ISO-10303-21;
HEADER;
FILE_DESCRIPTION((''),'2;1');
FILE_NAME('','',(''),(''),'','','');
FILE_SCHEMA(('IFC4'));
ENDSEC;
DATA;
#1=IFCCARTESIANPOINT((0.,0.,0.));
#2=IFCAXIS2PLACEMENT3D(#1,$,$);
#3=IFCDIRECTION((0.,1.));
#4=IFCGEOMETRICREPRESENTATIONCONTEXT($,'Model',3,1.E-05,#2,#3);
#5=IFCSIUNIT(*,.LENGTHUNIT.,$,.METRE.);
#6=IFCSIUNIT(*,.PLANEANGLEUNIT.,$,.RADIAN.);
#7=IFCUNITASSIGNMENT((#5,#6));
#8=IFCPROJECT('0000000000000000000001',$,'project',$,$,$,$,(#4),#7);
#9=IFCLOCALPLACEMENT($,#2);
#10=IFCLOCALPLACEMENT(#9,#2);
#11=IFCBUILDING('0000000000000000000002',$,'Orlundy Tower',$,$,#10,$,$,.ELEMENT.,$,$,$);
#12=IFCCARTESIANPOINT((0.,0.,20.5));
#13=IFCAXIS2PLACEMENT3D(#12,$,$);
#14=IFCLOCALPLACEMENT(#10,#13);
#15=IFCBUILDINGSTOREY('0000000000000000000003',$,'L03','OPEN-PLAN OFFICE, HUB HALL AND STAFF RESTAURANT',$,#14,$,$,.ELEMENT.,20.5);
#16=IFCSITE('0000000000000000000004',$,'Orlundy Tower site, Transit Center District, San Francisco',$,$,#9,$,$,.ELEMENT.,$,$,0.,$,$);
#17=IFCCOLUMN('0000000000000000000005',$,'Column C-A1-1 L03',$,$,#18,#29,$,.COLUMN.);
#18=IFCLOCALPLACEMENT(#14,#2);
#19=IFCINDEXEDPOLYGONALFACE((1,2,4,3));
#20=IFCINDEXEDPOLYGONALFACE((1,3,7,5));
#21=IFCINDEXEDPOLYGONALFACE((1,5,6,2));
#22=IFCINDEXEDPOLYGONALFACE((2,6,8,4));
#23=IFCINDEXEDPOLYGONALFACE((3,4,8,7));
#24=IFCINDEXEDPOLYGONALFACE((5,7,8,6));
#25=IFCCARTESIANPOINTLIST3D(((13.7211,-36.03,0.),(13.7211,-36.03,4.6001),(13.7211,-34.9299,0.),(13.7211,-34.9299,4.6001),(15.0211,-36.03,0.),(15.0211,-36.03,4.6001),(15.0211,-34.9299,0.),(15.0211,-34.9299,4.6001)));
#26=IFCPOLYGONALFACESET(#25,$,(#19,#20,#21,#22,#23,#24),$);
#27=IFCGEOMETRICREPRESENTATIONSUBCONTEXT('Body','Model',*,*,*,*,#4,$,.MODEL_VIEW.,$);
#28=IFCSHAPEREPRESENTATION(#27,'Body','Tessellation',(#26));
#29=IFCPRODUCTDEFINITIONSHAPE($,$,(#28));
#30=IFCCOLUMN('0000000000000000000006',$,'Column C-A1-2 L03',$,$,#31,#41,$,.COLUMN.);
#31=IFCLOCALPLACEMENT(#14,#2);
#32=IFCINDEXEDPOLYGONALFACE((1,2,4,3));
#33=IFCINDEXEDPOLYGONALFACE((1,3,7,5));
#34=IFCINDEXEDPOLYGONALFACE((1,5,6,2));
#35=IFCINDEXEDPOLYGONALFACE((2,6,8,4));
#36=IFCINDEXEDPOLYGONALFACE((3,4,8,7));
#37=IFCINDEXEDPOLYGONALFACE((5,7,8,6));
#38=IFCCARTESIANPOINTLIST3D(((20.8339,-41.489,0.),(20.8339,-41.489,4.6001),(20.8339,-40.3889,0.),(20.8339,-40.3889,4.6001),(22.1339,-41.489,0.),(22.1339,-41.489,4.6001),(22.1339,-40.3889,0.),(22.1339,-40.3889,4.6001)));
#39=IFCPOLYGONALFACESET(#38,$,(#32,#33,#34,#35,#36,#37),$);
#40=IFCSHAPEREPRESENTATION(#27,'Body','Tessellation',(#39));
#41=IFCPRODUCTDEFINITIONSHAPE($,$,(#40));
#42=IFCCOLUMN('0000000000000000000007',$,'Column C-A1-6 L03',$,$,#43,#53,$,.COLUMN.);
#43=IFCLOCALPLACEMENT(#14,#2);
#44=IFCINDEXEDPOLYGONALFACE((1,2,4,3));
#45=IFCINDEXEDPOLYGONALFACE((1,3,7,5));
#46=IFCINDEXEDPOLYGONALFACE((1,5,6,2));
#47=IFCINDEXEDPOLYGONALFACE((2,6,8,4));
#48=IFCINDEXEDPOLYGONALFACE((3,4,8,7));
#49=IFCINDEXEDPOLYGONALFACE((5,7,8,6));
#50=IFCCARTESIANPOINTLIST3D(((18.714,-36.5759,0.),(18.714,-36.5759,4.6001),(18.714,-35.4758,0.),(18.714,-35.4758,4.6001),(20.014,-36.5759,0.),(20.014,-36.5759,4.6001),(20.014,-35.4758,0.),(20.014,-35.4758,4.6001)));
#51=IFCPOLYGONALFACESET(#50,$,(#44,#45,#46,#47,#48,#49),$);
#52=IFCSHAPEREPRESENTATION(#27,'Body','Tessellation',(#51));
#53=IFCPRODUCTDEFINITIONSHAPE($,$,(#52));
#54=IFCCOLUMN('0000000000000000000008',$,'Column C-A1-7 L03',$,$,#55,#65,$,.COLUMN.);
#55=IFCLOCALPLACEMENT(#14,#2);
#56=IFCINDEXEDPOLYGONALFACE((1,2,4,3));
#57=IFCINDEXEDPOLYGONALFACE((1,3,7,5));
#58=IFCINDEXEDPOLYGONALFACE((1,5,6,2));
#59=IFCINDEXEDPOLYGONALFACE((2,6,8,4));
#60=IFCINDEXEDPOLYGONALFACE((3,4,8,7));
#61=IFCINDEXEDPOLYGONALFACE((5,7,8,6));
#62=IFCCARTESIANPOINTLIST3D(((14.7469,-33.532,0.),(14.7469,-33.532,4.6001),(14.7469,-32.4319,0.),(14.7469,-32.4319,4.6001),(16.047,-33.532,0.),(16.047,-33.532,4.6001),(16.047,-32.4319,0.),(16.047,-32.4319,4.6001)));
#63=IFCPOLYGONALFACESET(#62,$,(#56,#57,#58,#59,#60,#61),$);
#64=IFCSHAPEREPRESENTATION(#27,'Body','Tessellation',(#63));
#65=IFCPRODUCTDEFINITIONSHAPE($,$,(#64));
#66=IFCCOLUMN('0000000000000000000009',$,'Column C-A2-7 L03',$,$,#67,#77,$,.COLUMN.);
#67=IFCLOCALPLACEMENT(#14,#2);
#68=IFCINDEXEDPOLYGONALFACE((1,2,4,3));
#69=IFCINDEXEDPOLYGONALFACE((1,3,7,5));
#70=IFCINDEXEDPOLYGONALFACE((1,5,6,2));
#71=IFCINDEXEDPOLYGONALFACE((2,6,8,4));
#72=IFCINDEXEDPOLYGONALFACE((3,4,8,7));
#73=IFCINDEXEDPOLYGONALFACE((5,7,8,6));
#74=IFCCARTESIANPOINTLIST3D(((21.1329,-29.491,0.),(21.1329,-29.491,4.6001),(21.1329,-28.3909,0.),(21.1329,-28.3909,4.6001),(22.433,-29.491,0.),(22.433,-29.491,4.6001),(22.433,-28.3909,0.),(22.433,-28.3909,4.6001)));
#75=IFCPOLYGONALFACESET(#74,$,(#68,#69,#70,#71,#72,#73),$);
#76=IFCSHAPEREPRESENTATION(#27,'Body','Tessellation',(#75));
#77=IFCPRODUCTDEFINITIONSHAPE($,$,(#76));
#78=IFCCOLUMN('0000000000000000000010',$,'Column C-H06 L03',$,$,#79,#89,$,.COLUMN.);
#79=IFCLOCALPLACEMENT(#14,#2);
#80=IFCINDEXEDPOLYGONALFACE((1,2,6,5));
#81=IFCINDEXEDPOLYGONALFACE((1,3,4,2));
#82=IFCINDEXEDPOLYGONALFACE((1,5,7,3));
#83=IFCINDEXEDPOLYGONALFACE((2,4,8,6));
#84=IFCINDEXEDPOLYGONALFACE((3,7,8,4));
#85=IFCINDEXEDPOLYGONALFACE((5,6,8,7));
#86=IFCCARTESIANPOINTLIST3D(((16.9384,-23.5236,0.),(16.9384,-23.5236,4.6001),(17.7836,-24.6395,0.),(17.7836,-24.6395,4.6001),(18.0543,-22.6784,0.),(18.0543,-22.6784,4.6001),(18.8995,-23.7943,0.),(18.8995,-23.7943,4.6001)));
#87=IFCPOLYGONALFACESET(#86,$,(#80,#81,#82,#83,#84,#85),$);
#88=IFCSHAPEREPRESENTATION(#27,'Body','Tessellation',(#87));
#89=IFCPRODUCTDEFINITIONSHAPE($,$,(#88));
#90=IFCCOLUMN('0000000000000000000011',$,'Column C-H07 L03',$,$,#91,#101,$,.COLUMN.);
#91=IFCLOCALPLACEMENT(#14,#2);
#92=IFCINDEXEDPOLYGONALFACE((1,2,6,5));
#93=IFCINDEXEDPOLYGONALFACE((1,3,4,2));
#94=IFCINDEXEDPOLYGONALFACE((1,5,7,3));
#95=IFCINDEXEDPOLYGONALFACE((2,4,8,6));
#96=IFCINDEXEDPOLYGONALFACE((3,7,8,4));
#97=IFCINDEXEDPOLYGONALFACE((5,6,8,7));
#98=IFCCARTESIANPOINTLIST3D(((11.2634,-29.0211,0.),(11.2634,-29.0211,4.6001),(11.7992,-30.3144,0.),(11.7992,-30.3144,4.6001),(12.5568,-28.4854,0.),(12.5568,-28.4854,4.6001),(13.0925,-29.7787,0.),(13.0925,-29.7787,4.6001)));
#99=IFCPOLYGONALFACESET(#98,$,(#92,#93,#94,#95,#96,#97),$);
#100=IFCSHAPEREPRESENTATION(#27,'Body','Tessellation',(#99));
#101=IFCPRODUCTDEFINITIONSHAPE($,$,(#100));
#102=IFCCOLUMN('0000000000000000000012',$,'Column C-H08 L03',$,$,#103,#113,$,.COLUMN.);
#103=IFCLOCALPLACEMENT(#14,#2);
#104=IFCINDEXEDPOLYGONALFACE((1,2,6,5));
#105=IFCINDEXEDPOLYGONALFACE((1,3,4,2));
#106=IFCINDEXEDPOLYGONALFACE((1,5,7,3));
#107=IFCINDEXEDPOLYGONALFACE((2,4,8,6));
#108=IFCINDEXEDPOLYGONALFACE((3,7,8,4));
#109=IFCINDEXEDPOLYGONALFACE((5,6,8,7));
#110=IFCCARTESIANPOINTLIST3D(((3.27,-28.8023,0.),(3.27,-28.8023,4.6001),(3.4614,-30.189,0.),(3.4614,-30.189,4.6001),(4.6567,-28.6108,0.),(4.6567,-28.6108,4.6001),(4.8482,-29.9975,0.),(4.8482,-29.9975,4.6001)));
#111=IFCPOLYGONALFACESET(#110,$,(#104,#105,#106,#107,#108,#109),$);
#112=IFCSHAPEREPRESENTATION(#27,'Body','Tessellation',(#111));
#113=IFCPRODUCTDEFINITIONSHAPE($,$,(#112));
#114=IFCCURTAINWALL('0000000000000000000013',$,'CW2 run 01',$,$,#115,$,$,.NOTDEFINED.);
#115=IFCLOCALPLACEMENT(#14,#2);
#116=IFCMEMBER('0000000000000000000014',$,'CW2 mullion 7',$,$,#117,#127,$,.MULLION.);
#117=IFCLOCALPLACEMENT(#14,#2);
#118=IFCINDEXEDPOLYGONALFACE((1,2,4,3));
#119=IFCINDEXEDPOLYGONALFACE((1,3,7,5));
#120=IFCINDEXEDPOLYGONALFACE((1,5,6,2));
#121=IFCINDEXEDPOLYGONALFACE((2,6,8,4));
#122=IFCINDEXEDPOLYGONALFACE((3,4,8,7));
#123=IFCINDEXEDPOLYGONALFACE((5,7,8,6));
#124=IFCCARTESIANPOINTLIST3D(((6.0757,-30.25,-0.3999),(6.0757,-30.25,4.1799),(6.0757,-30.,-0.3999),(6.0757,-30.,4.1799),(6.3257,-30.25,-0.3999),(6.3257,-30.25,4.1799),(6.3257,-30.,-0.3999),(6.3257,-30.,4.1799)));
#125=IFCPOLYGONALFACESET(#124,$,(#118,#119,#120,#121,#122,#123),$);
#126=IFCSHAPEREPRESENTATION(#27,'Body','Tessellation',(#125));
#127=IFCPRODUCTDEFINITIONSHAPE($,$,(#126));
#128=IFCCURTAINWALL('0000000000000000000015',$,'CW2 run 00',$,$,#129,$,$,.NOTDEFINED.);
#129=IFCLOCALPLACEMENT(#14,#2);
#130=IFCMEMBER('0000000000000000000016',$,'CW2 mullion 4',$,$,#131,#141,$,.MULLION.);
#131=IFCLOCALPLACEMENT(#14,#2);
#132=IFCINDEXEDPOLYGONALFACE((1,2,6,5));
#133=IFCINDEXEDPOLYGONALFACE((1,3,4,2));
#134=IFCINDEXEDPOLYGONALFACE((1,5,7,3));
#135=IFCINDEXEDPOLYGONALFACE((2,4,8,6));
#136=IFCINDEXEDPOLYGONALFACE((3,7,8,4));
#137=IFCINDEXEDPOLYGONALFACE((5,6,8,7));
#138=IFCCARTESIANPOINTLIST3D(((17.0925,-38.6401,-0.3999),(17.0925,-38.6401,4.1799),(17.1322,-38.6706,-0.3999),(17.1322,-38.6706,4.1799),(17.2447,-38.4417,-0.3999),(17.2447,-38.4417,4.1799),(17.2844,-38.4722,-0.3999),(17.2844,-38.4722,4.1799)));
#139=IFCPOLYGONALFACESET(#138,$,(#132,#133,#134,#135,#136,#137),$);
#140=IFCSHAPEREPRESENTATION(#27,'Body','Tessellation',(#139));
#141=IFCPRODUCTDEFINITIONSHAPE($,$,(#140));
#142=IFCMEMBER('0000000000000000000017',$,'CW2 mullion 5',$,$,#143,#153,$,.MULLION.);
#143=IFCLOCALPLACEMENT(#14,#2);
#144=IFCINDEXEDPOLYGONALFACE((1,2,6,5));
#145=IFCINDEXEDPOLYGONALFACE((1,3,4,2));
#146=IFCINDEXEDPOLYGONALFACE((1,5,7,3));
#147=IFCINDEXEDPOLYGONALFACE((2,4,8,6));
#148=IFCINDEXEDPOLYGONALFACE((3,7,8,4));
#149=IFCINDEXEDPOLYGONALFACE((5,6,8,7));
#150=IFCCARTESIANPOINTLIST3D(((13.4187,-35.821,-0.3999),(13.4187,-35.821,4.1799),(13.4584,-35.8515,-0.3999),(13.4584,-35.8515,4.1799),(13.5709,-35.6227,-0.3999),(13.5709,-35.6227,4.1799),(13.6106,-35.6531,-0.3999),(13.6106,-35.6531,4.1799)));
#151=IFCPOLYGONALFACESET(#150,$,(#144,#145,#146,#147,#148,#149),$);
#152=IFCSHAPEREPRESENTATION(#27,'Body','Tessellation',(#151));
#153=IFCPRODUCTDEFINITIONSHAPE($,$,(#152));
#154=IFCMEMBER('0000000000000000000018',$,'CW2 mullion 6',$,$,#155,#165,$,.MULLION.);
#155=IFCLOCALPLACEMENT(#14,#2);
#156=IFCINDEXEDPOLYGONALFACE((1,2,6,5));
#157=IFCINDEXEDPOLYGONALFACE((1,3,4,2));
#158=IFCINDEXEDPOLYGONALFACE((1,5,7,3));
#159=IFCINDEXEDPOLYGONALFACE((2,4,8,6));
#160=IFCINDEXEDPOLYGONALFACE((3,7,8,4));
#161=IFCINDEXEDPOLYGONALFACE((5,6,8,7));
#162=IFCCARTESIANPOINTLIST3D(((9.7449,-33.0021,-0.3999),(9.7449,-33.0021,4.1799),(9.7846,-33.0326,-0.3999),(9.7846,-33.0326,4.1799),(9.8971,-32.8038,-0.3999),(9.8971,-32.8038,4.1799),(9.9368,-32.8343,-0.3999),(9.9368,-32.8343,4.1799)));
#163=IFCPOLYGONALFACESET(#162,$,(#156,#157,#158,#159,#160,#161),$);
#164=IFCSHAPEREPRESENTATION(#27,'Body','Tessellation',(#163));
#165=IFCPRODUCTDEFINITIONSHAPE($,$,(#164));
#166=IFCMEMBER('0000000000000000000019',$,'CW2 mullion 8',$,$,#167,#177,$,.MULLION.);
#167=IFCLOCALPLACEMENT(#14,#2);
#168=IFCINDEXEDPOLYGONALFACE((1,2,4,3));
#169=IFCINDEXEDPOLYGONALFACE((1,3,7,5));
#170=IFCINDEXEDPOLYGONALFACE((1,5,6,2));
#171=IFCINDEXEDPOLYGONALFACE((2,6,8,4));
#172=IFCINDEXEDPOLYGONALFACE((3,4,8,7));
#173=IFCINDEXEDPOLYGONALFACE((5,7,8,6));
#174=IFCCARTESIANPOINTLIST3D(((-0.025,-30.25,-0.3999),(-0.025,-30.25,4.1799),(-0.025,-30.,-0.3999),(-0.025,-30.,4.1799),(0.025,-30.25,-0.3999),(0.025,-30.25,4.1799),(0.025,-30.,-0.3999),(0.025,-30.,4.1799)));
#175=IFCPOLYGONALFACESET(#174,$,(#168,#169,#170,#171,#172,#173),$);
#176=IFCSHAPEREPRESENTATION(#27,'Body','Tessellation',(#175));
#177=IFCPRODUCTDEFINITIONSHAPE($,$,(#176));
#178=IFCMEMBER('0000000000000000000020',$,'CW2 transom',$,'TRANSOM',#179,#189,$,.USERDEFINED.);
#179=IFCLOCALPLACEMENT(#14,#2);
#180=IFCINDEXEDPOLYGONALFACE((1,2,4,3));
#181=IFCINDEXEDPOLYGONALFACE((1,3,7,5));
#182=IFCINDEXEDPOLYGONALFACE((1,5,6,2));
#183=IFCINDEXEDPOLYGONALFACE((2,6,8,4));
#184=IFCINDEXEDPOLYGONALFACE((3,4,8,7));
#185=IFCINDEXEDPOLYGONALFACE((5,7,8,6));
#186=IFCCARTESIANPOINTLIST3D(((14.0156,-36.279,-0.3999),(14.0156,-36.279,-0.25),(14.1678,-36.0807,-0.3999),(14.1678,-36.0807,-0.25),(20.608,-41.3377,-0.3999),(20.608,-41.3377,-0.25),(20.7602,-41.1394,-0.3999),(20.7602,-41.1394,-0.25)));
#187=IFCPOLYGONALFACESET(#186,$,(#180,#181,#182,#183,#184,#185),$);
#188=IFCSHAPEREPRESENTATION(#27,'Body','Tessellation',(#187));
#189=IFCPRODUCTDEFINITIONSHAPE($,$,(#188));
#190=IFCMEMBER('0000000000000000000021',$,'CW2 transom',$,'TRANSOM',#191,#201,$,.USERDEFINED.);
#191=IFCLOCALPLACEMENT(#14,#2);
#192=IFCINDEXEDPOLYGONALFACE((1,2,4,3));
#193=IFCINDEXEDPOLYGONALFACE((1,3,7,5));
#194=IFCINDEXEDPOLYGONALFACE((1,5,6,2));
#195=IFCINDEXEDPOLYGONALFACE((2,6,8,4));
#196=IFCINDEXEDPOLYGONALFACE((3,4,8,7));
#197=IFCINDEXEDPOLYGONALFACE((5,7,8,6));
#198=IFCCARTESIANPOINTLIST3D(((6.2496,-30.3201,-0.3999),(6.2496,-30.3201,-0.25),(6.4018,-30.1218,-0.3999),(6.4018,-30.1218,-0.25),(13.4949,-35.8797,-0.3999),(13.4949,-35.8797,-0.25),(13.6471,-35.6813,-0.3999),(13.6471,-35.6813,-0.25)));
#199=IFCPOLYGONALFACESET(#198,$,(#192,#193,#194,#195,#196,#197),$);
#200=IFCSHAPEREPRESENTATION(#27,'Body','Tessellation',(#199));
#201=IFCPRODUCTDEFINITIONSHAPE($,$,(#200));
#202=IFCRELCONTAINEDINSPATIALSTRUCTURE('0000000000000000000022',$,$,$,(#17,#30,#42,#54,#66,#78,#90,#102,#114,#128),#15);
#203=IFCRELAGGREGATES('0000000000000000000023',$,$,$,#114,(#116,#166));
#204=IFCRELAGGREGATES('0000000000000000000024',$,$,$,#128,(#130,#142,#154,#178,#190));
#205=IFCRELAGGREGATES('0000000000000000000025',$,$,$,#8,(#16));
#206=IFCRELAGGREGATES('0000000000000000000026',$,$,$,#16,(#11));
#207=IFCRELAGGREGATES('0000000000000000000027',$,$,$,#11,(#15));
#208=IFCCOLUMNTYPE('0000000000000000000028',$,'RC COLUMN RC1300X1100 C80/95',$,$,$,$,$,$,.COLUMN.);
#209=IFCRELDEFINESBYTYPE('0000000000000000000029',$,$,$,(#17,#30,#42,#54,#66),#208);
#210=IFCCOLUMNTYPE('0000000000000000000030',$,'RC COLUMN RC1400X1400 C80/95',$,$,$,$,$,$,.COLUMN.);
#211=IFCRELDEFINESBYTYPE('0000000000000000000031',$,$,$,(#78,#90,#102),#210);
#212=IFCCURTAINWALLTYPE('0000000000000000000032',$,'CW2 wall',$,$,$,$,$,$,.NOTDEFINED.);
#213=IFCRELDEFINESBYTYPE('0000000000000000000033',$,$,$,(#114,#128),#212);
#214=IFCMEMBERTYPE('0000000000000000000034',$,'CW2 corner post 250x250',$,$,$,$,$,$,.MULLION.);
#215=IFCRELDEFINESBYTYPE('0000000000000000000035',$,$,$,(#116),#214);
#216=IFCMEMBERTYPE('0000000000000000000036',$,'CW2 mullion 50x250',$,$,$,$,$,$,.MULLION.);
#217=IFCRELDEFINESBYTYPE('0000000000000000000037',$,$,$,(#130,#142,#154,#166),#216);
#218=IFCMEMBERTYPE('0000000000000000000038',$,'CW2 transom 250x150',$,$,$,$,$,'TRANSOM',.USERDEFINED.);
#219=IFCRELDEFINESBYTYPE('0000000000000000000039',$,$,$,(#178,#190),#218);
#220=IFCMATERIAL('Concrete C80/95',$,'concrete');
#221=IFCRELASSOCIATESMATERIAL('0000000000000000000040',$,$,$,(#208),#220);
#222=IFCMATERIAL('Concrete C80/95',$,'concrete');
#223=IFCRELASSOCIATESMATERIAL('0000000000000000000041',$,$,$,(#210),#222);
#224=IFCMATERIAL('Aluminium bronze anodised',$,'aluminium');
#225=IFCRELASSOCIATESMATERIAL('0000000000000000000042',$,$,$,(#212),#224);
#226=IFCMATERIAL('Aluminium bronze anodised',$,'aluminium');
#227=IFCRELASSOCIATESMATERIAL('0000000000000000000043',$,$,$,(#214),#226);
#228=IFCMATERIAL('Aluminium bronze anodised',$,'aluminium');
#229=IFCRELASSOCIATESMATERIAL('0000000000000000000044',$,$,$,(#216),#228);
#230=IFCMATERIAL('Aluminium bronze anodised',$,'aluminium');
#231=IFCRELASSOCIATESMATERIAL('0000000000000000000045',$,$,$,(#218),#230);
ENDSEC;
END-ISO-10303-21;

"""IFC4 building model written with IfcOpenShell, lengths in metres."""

from ifc_helpers import new_model, si_unit, direction, frame, origin, origin_2d, place, context, subcontext, project, spatial, rectangle, extrude, material, material_profile, profile_set, type_object, element, aggregate, save


model = new_model("IFC4")

# Units and contexts
model_context = context("Model", 3, precision=1e-05, world=origin(), true_north=direction((0.0, 1.0)))
body_context = subcontext(model_context, "Body", "Model", "MODEL_VIEW")
ifc_project = project(units=[si_unit("LENGTHUNIT", "METRE"), si_unit("PLANEANGLEUNIT", "RADIAN")], contexts=[model_context])

# Site, building, storey
site_placement = place(None, origin())
site = spatial("IfcSite", under=ifc_project, at=site_placement, Name="Orlundy Tower site, Transit Center District, San Francisco", CompositionType="ELEMENT", RefElevation=0.0)
building_placement = place(site_placement, origin())
building = spatial("IfcBuilding", under=site, at=building_placement, Name="Orlundy Tower", CompositionType="ELEMENT")
storey_placement = place(building_placement, frame((0.0, 0.0, 20.5)))
storey = spatial("IfcBuildingStorey", under=building, at=storey_placement, Name="L03", Description="OPEN-PLAN OFFICE, HUB HALL AND STAFF RESTAURANT", CompositionType="ELEMENT", Elevation=20.5)

# Columns
ifc_material_1 = material(Name="Concrete C80/95", Category="concrete")
ifc_material_profile_1 = material_profile(ifc_material_1, rectangle(XDim=1.3, YDim=1.1001, at=origin_2d()), Name="RC1300X1100")
ifc_profile_set_1 = profile_set([ifc_material_profile_1], Name="Concrete C80/95")
column_type_1 = type_object("IfcColumnType", Name="RC COLUMN RC1300X1100 C80/95", PredefinedType="COLUMN", material=ifc_profile_set_1)
for number, where, z_axis, x_axis, name in (
    (1, (14.3711, -35.48, 0.0), (0.0, 0.0, 1.0), (1.0, 0.0, 0.0), "Column C-A1-1 L03"),
    (2, (21.4839, -40.939, 0.0), (0.0, 0.0, 1.0), (1.0, 0.0, 0.0), "Column C-A1-2 L03"),
    (3, (19.364, -36.0259, 0.0), (0.0, 0.0, 1.0), (1.0, 0.0, 0.0), "Column C-A1-6 L03"),
    (4, (15.397, -32.9819, 0.0), (0.0, 0.0, 1.0), (1.0, 0.0, 0.0), "Column C-A1-7 L03"),
    (5, (21.783, -28.9409, 0.0), (0.0, 0.0, 1.0), (1.0, 0.0, 0.0), "Column C-A2-7 L03"),
):
    element("IfcColumn", number, at=place(storey_placement, frame(where, z_axis=z_axis, x_axis=x_axis)), inside=storey, type_object=column_type_1, Name=name, PredefinedType="COLUMN", context=body_context, shape_type="SweptSolid", body=[
        extrude(rectangle(XDim=1.3, YDim=1.1001, at=origin_2d()), origin(), (0.0, 0.0, 1.0), 4.6001),
    ])
ifc_material_2 = material(Name="Concrete C80/95", Category="concrete")
ifc_material_profile_2 = material_profile(ifc_material_2, rectangle(XDim=1.3999, YDim=1.3999, at=origin_2d()), Name="RC1400X1400")
ifc_profile_set_2 = profile_set([ifc_material_profile_2], Name="Concrete C80/95")
column_type_2 = type_object("IfcColumnType", Name="RC COLUMN RC1400X1400 C80/95", PredefinedType="COLUMN", material=ifc_profile_set_2)
for number, where, z_axis, x_axis, name in (
    (6, (17.9189, -23.6589, 0.0), (0.0, 0.0, 1.0), (0.603765, -0.797163, 0.0), "Column C-H06 L03"),
    (7, (12.178, -29.3999, 0.0), (0.0, 0.0, 1.0), (0.382683, -0.92388, 0.0), "Column C-H07 L03"),
    (8, (4.0591, -29.3999, 0.0), (0.0, 0.0, 1.0), (0.13677, -0.990603, 0.0), "Column C-H08 L03"),
):
    element("IfcColumn", number, at=place(storey_placement, frame(where, z_axis=z_axis, x_axis=x_axis)), inside=storey, type_object=column_type_2, Name=name, PredefinedType="COLUMN", context=body_context, shape_type="SweptSolid", body=[
        extrude(rectangle(XDim=1.3999, YDim=1.3999, at=origin_2d()), origin(), (0.0, 0.0, 1.0), 4.6001),
    ])

# Curtain wall, member
ifc_material_3 = material(Name="Aluminium bronze anodised", Category="aluminium")
curtain_wall_type = type_object("IfcCurtainWallType", Name="CW2 wall", PredefinedType="NOTDEFINED", material=ifc_material_3)
curtain_wall_1_placement = place(storey_placement, origin())
curtain_wall_1 = element("IfcCurtainWall", 9, at=curtain_wall_1_placement, inside=storey, type_object=curtain_wall_type, Name="CW2 run 01", PredefinedType="NOTDEFINED")
ifc_material_4 = material(Name="Aluminium bronze anodised", Category="aluminium")
ifc_material_profile_3 = material_profile(ifc_material_4, rectangle(XDim=0.25, YDim=0.25, at=origin_2d()), Name="CW2 corner post 250x250")
ifc_profile_set_3 = profile_set([ifc_material_profile_3], Name="Aluminium bronze anodised")
member_type_1 = type_object("IfcMemberType", Name="CW2 corner post 250x250", PredefinedType="MULLION", material=ifc_profile_set_3)
member_1_placement = place(storey_placement, frame((6.2007, -30.125, -0.3999), z_axis=(0.0, 0.0, 1.0), x_axis=(0.0, -1.0, 0.0)))
member_1 = element("IfcMember", 10, at=member_1_placement, type_object=member_type_1, Name="CW2 mullion 7", PredefinedType="MULLION", context=body_context, shape_type="SweptSolid", body=[
    extrude(rectangle(XDim=0.25, YDim=0.25, at=origin_2d()), origin(), (0.0, 0.0, 1.0), 4.5798),
])

# Curtain wall, members
curtain_wall_2_placement = place(storey_placement, origin())
curtain_wall_2 = element("IfcCurtainWall", 11, at=curtain_wall_2_placement, inside=storey, type_object=curtain_wall_type, Name="CW2 run 00", PredefinedType="NOTDEFINED")
ifc_material_5 = material(Name="Aluminium bronze anodised", Category="aluminium")
ifc_material_profile_4 = material_profile(ifc_material_5, rectangle(XDim=0.25, YDim=0.05, at=origin_2d()), Name="CW2 mullion 50x250")
ifc_profile_set_4 = profile_set([ifc_material_profile_4], Name="Aluminium bronze anodised")
member_type_2 = type_object("IfcMemberType", Name="CW2 mullion 50x250", PredefinedType="MULLION", material=ifc_profile_set_4)
member_2_placement = place(storey_placement, frame((17.1885, -38.5562, -0.3999), z_axis=(0.0, 0.0, 1.0), x_axis=(-0.608757, -0.793357, 0.0)))
member_2 = element("IfcMember", 12, at=member_2_placement, type_object=member_type_2, Name="CW2 mullion 4", PredefinedType="MULLION", context=body_context, shape_type="SweptSolid", body=[
    extrude(rectangle(XDim=0.25, YDim=0.05, at=origin_2d()), origin(), (0.0, 0.0, 1.0), 4.5798),
])
member_3_placement = place(storey_placement, frame((13.5146, -35.7371, -0.3999), z_axis=(0.0, 0.0, 1.0), x_axis=(-0.608757, -0.793357, 0.0)))
member_3 = element("IfcMember", 13, at=member_3_placement, type_object=member_type_2, Name="CW2 mullion 5", PredefinedType="MULLION", context=body_context, shape_type="SweptSolid", body=[
    extrude(rectangle(XDim=0.25, YDim=0.05, at=origin_2d()), origin(), (0.0, 0.0, 1.0), 4.5798),
])
member_4_placement = place(storey_placement, frame((9.8408, -32.9182, -0.3999), z_axis=(0.0, 0.0, 1.0), x_axis=(-0.608757, -0.793357, 0.0)))
member_4 = element("IfcMember", 14, at=member_4_placement, type_object=member_type_2, Name="CW2 mullion 6", PredefinedType="MULLION", context=body_context, shape_type="SweptSolid", body=[
    extrude(rectangle(XDim=0.25, YDim=0.05, at=origin_2d()), origin(), (0.0, 0.0, 1.0), 4.5798),
])

# Members
member_5_placement = place(storey_placement, frame((0.0, -30.125, -0.3999), z_axis=(0.0, 0.0, 1.0), x_axis=(0.0, -1.0, 0.0)))
member_5 = element("IfcMember", 15, at=member_5_placement, type_object=member_type_2, Name="CW2 mullion 8", PredefinedType="MULLION", context=body_context, shape_type="SweptSolid", body=[
    extrude(rectangle(XDim=0.25, YDim=0.05, at=origin_2d()), origin(), (0.0, 0.0, 1.0), 4.5798),
])
ifc_material_6 = material(Name="Aluminium bronze anodised", Category="aluminium")
ifc_material_profile_5 = material_profile(ifc_material_6, rectangle(XDim=0.25, YDim=0.1499, at=origin_2d()), Name="CW2 transom 250x150")
ifc_profile_set_5 = profile_set([ifc_material_profile_5], Name="Aluminium bronze anodised")
member_type_3 = type_object("IfcMemberType", Name="CW2 transom 250x150", ElementType="TRANSOM", PredefinedType="USERDEFINED", material=ifc_profile_set_5)
member_6_placement = place(storey_placement, frame((20.6841, -41.2385, -0.325), z_axis=(-0.793344, 0.608773, 0.0), x_axis=(-0.608773, -0.793344, 0.0)))
member_6 = element("IfcMember", 16, at=member_6_placement, type_object=member_type_3, Name="CW2 transom", ObjectType="TRANSOM", PredefinedType="USERDEFINED", context=body_context, shape_type="SweptSolid", body=[
    extrude(rectangle(XDim=0.25, YDim=0.1499, at=origin_2d()), origin(), (0.0, 0.0, 1.0), 8.3096),
])
member_7_placement = place(storey_placement, frame((13.571, -35.7805, -0.325), z_axis=(-0.793353, 0.608762, 0.0), x_axis=(-0.608762, -0.793353, 0.0)))
member_7 = element("IfcMember", 17, at=member_7_placement, type_object=member_type_3, Name="CW2 transom", ObjectType="TRANSOM", PredefinedType="USERDEFINED", context=body_context, shape_type="SweptSolid", body=[
    extrude(rectangle(XDim=0.25, YDim=0.1499, at=origin_2d()), origin(), (0.0, 0.0, 1.0), 9.1326),
])

aggregate(curtain_wall_1, [member_1, member_5])
aggregate(curtain_wall_2, [member_2, member_3, member_4, member_6, member_7])

save(model, "model.ifc")
